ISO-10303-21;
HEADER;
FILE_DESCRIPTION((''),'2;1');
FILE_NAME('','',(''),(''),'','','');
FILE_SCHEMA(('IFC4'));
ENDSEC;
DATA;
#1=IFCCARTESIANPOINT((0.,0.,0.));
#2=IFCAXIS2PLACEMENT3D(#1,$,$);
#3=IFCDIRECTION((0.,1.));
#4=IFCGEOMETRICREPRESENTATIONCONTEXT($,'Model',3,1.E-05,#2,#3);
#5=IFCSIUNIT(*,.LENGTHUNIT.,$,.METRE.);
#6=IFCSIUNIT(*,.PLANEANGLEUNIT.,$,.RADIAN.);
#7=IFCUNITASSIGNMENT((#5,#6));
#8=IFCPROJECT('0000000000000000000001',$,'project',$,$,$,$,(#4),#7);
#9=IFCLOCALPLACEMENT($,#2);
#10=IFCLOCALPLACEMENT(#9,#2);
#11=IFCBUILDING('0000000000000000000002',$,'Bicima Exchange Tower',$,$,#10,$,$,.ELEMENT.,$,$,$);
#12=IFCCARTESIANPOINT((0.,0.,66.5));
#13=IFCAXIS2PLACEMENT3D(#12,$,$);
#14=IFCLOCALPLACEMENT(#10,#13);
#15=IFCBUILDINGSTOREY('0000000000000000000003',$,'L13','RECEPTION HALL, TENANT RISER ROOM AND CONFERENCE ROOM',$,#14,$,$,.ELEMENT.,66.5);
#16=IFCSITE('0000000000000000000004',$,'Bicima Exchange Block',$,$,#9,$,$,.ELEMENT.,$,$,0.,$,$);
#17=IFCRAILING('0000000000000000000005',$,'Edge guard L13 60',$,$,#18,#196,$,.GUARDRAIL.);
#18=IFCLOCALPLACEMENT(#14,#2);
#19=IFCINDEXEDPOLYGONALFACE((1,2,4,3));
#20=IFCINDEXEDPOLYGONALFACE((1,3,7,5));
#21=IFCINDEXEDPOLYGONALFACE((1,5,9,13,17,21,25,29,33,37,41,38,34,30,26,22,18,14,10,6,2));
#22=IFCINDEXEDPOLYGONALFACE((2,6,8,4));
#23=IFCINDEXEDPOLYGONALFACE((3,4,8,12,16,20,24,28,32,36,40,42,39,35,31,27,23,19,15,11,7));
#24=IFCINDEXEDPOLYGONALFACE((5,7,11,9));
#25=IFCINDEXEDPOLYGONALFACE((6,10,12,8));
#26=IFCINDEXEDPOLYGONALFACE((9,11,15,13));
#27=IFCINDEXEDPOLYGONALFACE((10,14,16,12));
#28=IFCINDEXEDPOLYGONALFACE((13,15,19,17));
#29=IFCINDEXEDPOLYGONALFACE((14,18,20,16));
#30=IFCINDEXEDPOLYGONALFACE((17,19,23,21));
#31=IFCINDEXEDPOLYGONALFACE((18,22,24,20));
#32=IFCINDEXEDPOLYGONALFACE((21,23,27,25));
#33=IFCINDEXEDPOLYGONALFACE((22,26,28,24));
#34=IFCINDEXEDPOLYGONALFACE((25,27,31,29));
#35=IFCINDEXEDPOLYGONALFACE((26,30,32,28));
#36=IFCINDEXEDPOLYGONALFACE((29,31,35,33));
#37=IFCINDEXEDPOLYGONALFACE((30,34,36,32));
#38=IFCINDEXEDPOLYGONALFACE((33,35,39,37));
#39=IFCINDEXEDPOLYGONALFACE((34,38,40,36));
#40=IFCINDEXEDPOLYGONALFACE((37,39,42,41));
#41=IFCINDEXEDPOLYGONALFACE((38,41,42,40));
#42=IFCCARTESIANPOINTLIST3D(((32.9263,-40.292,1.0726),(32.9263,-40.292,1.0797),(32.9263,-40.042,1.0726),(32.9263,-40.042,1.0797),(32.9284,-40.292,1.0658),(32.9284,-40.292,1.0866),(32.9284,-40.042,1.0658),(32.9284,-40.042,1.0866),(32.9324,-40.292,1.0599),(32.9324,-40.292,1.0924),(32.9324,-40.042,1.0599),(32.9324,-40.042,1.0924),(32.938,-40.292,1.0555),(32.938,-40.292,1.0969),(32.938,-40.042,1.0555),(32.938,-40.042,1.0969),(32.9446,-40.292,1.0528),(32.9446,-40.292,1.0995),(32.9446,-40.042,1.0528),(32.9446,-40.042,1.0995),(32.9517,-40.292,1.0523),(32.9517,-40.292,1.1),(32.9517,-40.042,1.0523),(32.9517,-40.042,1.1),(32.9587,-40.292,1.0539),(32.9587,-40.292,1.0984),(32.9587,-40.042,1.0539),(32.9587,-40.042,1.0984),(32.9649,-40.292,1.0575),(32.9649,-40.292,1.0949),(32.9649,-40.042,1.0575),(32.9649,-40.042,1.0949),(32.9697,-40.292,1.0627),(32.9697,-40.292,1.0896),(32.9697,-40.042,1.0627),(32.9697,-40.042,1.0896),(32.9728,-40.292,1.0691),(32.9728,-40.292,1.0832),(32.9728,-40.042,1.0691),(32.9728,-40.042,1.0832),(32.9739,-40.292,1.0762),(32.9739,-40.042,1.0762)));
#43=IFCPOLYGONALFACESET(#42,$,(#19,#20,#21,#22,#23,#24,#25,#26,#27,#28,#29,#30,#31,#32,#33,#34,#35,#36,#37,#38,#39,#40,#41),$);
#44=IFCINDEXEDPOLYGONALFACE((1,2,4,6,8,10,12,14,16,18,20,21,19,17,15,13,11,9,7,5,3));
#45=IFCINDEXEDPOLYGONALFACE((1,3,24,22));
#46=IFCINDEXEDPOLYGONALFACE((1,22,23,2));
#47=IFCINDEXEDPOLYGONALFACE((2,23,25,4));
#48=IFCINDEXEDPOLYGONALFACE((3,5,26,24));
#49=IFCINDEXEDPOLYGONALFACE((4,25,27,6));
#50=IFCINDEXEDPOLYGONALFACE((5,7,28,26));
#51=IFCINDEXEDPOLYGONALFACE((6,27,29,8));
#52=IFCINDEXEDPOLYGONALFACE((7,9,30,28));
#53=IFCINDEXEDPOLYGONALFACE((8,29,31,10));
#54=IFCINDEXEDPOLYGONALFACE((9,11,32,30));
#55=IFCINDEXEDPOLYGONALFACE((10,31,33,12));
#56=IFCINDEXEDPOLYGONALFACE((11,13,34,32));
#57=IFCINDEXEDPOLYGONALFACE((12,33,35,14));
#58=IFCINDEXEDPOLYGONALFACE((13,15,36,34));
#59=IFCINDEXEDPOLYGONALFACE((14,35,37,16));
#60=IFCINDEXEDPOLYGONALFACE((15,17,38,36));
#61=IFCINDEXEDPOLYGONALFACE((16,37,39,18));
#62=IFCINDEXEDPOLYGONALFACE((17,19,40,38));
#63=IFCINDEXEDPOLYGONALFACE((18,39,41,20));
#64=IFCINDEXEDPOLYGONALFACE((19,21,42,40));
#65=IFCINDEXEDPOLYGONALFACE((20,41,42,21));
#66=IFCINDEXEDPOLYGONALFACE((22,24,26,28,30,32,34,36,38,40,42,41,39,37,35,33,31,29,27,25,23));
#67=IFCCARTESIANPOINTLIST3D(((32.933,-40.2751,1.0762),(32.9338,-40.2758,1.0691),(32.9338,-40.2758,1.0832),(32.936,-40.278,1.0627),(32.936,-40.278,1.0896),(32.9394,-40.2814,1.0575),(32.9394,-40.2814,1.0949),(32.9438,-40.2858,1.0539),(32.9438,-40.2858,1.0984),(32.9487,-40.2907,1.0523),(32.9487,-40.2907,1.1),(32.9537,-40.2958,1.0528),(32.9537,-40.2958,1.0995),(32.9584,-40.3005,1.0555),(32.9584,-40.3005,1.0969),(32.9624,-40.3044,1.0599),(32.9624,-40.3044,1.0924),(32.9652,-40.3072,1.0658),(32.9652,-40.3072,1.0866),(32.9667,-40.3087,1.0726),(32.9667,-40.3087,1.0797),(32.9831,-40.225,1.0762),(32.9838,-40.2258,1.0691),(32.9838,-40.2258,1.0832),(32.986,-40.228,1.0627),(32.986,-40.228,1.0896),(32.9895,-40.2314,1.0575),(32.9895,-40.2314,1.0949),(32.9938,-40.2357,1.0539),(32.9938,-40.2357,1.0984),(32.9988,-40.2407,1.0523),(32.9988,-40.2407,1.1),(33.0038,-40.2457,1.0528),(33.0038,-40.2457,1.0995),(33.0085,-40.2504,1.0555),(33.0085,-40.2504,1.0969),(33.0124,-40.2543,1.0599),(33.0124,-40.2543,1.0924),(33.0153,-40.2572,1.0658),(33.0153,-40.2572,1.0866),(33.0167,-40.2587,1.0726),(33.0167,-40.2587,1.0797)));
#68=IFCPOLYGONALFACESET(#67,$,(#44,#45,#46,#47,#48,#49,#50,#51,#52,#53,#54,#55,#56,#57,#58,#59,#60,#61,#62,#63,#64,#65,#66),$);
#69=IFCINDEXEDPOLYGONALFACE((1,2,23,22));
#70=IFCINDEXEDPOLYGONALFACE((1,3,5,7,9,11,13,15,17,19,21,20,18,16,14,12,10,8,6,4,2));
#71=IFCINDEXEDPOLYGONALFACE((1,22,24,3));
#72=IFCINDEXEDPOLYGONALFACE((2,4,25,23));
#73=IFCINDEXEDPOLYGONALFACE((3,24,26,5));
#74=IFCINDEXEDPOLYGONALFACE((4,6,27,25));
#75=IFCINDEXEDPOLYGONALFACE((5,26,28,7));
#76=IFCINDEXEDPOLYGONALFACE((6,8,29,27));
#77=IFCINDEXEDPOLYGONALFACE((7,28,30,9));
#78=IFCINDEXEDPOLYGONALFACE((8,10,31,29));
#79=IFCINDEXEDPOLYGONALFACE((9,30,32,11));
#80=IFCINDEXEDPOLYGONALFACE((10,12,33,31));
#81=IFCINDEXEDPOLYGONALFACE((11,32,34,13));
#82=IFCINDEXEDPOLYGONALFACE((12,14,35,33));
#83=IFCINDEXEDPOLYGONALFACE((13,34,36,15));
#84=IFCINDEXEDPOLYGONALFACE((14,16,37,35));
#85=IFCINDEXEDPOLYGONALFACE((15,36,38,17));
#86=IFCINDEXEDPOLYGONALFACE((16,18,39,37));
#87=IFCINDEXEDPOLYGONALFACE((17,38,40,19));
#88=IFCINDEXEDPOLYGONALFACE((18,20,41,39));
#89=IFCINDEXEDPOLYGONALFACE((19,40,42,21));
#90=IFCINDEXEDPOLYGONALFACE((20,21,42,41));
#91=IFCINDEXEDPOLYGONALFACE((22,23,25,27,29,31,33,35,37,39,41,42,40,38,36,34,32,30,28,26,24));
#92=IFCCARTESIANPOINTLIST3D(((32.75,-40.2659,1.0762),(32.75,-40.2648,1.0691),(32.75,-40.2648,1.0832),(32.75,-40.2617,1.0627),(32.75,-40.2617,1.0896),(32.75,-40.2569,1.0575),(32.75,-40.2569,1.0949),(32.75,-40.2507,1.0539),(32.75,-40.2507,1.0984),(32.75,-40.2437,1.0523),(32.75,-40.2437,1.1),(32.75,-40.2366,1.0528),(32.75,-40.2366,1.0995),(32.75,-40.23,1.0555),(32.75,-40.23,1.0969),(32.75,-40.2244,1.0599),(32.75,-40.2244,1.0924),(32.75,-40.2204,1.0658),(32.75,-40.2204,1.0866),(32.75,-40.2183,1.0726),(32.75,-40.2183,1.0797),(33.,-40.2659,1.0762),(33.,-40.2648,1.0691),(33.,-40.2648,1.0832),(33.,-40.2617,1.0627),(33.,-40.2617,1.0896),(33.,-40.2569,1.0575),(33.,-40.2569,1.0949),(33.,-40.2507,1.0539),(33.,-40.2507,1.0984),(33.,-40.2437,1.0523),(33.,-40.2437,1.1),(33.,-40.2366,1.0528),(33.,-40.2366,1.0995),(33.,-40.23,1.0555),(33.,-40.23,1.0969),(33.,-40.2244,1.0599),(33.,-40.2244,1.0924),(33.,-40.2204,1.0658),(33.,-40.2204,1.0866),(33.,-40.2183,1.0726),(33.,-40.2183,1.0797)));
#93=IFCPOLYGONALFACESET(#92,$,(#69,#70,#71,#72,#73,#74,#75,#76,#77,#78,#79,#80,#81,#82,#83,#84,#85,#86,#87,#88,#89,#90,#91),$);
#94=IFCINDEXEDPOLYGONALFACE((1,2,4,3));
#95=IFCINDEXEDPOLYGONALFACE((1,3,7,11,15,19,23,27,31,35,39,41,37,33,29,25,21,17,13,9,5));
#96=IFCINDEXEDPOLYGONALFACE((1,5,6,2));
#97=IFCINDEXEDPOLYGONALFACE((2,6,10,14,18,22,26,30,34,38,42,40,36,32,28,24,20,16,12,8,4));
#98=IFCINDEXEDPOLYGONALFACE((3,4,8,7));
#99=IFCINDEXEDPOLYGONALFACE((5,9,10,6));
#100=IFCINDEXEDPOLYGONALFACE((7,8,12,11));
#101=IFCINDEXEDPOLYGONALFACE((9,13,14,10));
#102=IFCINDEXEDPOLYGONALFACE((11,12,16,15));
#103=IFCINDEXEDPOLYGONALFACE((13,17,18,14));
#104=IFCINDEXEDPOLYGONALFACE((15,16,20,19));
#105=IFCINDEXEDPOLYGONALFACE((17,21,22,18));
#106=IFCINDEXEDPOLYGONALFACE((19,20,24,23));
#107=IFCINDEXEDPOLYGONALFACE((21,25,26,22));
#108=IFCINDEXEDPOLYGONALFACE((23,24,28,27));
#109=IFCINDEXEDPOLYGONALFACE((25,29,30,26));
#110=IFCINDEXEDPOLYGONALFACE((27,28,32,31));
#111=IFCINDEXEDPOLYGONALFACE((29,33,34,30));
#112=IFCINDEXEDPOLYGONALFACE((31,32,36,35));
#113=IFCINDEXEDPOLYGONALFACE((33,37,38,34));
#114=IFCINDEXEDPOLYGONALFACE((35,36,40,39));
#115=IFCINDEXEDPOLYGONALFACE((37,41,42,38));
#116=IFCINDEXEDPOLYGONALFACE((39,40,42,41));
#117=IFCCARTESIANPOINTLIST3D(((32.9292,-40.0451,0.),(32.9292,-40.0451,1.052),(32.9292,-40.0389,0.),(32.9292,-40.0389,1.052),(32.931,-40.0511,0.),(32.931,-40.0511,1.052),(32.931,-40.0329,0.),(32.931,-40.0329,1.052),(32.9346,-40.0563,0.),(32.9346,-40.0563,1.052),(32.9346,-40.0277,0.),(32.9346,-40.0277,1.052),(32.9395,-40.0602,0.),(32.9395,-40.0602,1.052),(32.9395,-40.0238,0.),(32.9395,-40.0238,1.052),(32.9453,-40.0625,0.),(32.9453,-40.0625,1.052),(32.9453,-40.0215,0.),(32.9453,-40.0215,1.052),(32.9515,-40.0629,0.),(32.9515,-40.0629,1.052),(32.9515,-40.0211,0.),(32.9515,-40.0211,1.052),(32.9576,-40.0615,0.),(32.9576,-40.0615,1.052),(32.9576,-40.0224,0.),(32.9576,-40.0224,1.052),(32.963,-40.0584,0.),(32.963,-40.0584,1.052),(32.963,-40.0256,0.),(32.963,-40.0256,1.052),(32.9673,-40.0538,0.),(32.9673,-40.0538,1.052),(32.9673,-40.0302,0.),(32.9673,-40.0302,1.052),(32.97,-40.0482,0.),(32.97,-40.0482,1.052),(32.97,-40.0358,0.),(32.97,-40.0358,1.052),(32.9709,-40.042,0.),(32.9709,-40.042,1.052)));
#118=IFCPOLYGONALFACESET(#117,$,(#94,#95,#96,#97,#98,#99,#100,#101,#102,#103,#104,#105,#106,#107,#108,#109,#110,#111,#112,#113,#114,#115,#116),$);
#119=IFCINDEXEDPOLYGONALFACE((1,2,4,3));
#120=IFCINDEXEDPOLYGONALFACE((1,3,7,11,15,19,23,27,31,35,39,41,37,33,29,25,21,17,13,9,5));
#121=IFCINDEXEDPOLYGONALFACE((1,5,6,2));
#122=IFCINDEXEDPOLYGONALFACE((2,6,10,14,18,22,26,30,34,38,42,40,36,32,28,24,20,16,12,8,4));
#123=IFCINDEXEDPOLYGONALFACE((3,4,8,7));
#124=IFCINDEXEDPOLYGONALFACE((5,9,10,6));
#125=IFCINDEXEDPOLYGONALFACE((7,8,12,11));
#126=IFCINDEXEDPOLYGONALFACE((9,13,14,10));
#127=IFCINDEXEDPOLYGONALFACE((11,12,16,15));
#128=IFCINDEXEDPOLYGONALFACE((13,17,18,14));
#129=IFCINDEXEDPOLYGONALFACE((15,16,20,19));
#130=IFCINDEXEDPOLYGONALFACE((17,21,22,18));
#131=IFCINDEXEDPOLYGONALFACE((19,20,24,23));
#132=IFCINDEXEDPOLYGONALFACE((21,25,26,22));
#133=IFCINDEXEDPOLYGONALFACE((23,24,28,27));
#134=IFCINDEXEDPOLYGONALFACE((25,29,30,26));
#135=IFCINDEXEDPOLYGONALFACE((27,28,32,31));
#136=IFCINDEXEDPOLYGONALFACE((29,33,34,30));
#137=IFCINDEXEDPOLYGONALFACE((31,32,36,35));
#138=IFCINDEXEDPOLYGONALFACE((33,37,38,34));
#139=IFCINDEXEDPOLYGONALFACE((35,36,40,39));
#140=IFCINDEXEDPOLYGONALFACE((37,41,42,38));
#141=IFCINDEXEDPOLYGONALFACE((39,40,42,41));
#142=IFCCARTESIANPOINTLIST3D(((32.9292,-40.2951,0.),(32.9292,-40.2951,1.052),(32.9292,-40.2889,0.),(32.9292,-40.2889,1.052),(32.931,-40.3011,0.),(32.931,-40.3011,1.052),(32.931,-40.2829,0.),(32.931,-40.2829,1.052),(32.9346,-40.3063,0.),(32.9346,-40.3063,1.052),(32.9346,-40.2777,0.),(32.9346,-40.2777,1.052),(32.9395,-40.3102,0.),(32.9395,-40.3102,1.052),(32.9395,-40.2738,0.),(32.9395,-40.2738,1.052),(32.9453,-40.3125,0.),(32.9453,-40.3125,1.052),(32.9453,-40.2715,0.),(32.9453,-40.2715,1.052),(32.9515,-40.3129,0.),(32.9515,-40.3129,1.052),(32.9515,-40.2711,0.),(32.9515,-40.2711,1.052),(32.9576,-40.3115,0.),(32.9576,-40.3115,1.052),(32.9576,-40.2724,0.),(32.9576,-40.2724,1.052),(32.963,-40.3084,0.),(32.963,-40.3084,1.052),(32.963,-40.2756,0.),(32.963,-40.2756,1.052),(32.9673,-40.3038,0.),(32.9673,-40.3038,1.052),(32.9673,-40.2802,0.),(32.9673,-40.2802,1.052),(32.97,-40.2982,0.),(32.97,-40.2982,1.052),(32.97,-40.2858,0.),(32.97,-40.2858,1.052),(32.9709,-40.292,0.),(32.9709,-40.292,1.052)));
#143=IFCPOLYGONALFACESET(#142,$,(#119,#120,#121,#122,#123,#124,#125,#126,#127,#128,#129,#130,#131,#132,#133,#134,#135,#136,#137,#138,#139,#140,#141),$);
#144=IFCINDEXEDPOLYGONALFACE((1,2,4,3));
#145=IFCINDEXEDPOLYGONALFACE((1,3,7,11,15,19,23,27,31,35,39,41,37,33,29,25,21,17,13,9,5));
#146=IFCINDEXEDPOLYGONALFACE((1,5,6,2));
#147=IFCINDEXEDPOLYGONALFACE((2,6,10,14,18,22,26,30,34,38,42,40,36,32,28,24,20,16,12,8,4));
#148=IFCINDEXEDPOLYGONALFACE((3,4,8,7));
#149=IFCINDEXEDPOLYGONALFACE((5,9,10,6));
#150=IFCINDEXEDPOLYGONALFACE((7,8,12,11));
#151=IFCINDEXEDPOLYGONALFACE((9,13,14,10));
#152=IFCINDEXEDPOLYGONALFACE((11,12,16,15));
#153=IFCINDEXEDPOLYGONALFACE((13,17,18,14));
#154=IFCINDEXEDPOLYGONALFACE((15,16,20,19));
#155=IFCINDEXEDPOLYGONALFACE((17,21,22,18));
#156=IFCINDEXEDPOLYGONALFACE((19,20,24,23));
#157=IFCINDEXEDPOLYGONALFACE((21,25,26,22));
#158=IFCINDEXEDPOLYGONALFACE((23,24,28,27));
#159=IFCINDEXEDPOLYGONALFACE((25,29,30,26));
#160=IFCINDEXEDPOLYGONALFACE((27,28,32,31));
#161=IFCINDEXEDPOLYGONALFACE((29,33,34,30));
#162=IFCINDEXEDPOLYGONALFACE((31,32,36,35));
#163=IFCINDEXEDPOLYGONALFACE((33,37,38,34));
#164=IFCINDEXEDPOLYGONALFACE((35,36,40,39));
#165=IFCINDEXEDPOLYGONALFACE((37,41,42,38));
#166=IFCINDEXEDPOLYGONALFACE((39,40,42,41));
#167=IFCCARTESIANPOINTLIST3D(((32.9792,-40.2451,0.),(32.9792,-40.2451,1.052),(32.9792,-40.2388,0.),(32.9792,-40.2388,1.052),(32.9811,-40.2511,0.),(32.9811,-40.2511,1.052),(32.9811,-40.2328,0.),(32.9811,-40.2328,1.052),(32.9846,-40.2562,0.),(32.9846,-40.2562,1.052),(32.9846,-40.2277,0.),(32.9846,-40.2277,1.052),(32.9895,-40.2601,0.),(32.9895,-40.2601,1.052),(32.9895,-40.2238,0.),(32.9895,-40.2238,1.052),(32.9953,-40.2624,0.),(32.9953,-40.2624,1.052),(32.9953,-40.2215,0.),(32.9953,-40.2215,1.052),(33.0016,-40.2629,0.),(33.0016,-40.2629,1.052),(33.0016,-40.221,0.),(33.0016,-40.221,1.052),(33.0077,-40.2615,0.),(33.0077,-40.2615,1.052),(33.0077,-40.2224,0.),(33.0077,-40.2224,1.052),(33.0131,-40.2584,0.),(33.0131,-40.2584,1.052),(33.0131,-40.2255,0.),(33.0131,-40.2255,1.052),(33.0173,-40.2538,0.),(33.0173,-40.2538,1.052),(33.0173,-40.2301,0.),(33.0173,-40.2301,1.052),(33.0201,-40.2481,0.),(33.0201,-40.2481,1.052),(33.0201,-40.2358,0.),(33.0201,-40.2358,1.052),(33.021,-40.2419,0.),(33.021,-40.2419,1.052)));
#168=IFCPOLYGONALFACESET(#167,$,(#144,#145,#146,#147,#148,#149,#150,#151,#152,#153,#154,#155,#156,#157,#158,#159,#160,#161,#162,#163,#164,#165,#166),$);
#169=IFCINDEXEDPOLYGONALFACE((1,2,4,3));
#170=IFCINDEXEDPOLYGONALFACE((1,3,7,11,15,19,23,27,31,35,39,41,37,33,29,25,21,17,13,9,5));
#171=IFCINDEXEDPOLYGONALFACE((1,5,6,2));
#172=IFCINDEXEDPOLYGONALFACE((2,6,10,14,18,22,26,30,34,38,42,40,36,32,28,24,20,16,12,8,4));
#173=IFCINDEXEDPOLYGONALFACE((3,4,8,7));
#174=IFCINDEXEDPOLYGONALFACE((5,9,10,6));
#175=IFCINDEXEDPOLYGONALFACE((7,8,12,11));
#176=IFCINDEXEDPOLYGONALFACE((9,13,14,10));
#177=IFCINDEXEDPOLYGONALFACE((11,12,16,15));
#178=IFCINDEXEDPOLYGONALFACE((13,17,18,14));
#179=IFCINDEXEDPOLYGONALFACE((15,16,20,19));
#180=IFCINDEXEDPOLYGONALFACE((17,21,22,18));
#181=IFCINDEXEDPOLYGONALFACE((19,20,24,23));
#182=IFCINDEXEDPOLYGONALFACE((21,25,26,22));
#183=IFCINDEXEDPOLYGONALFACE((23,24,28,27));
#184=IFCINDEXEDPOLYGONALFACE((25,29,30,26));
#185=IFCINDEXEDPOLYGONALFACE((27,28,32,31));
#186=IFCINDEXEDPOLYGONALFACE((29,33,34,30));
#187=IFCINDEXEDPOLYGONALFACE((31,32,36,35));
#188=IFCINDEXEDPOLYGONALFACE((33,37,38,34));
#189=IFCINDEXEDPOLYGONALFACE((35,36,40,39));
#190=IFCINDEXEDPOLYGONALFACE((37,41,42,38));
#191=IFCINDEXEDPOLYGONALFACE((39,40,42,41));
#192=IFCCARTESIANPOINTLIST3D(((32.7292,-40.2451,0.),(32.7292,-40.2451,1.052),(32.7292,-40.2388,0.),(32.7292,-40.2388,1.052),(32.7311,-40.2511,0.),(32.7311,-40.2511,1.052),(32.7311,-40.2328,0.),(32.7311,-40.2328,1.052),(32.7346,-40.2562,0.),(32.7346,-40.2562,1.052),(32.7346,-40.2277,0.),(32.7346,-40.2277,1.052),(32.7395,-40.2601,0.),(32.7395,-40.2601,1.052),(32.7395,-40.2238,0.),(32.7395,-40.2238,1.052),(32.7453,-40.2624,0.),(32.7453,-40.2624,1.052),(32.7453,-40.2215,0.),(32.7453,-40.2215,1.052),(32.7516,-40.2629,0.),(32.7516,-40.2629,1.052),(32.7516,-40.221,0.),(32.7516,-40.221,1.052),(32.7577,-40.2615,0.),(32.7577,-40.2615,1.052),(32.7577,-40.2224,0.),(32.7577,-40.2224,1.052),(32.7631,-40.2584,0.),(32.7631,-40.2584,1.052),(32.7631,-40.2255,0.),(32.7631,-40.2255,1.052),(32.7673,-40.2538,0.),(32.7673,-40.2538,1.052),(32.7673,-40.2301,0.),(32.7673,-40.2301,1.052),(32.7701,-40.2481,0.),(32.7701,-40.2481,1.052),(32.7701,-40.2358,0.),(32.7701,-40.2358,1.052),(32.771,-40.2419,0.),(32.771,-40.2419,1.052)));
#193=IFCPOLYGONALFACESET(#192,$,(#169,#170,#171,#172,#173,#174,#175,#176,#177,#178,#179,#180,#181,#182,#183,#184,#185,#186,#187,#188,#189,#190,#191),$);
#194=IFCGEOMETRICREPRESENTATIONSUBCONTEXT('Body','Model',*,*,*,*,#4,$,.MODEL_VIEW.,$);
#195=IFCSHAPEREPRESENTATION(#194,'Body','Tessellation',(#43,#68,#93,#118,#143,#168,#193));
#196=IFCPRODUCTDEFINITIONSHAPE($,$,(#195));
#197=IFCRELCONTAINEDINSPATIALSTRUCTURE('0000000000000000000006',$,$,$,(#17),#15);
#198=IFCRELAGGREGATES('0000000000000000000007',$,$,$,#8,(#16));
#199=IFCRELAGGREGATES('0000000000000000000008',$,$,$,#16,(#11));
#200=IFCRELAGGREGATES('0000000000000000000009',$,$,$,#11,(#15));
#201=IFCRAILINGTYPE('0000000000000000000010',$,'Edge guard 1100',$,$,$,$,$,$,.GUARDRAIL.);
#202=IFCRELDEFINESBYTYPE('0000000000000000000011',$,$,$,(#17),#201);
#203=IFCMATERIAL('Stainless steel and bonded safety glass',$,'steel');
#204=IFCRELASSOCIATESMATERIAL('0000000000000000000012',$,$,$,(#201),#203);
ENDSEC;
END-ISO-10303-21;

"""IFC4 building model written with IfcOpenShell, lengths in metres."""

from ifc_helpers import new_model, si_unit, direction, frame, origin, origin_2d, place, context, subcontext, project, spatial, circle, extrude, material, type_object, element, save


model = new_model("IFC4")

# Units and contexts
model_context = context("Model", 3, precision=1e-05, world=origin(), true_north=direction((0.0, 1.0)))
body_context = subcontext(model_context, "Body", "Model", "MODEL_VIEW")
ifc_project = project(units=[si_unit("LENGTHUNIT", "METRE"), si_unit("PLANEANGLEUNIT", "RADIAN")], contexts=[model_context])

# Site, building, storey
site_placement = place(None, origin())
site = spatial("IfcSite", under=ifc_project, at=site_placement, Name="Bicima Exchange Block", CompositionType="ELEMENT", RefElevation=0.0)
building_placement = place(site_placement, origin())
building = spatial("IfcBuilding", under=site, at=building_placement, Name="Bicima Exchange Tower", CompositionType="ELEMENT")
storey_placement = place(building_placement, frame((0.0, 0.0, 66.5)))
storey = spatial("IfcBuildingStorey", under=building, at=storey_placement, Name="L13", Description="RECEPTION HALL, TENANT RISER ROOM AND CONFERENCE ROOM", CompositionType="ELEMENT", Elevation=66.5)

# Railing
ifc_material_1 = material(Name="Stainless steel and bonded safety glass", Category="steel")
railing_type = type_object("IfcRailingType", Name="Edge guard 1100", PredefinedType="GUARDRAIL", material=ifc_material_1)
railing_1_placement = place(storey_placement, frame((32.95, -40.042, 0.0)))
element("IfcRailing", 1, at=railing_1_placement, inside=storey, type_object=railing_type, Name="Edge guard L13 60", PredefinedType="GUARDRAIL", context=body_context, shape_type="SweptSolid", body=[
    extrude(circle(Radius=0.0239, at=origin_2d()), frame((0.0, 0.0, 1.0762), z_axis=(0.0, -1.0, 0.0), x_axis=(1.0, 0.0, 0.0)), (0.0, 0.0, 1.0), 0.25),
    extrude(circle(Radius=0.0239, at=origin_2d()), frame((0.0, -0.25, 1.0762), z_axis=(0.707107, 0.707107, 0.0), x_axis=(-0.707107, 0.707107, 0.0)), (0.0, 0.0, 1.0), 0.0708),
    extrude(circle(Radius=0.0239, at=origin_2d()), frame((0.05, -0.2, 1.0762), z_axis=(-1.0, 0.0, 0.0), x_axis=(0.0, -1.0, 0.0)), (0.0, 0.0, 1.0), 0.25),
    extrude(circle(Radius=0.021, at=origin_2d()), origin(), (0.0, 0.0, 1.0), 1.052),
    extrude(circle(Radius=0.021, at=origin_2d()), frame((0.0, -0.25, 0.0)), (0.0, 0.0, 1.0), 1.052),
    extrude(circle(Radius=0.021, at=origin_2d()), frame((0.05, -0.2, 0.0)), (0.0, 0.0, 1.0), 1.052),
    extrude(circle(Radius=0.021, at=origin_2d()), frame((-0.2, -0.2, 0.0)), (0.0, 0.0, 1.0), 1.052),
])

save(model, "model.ifc")
